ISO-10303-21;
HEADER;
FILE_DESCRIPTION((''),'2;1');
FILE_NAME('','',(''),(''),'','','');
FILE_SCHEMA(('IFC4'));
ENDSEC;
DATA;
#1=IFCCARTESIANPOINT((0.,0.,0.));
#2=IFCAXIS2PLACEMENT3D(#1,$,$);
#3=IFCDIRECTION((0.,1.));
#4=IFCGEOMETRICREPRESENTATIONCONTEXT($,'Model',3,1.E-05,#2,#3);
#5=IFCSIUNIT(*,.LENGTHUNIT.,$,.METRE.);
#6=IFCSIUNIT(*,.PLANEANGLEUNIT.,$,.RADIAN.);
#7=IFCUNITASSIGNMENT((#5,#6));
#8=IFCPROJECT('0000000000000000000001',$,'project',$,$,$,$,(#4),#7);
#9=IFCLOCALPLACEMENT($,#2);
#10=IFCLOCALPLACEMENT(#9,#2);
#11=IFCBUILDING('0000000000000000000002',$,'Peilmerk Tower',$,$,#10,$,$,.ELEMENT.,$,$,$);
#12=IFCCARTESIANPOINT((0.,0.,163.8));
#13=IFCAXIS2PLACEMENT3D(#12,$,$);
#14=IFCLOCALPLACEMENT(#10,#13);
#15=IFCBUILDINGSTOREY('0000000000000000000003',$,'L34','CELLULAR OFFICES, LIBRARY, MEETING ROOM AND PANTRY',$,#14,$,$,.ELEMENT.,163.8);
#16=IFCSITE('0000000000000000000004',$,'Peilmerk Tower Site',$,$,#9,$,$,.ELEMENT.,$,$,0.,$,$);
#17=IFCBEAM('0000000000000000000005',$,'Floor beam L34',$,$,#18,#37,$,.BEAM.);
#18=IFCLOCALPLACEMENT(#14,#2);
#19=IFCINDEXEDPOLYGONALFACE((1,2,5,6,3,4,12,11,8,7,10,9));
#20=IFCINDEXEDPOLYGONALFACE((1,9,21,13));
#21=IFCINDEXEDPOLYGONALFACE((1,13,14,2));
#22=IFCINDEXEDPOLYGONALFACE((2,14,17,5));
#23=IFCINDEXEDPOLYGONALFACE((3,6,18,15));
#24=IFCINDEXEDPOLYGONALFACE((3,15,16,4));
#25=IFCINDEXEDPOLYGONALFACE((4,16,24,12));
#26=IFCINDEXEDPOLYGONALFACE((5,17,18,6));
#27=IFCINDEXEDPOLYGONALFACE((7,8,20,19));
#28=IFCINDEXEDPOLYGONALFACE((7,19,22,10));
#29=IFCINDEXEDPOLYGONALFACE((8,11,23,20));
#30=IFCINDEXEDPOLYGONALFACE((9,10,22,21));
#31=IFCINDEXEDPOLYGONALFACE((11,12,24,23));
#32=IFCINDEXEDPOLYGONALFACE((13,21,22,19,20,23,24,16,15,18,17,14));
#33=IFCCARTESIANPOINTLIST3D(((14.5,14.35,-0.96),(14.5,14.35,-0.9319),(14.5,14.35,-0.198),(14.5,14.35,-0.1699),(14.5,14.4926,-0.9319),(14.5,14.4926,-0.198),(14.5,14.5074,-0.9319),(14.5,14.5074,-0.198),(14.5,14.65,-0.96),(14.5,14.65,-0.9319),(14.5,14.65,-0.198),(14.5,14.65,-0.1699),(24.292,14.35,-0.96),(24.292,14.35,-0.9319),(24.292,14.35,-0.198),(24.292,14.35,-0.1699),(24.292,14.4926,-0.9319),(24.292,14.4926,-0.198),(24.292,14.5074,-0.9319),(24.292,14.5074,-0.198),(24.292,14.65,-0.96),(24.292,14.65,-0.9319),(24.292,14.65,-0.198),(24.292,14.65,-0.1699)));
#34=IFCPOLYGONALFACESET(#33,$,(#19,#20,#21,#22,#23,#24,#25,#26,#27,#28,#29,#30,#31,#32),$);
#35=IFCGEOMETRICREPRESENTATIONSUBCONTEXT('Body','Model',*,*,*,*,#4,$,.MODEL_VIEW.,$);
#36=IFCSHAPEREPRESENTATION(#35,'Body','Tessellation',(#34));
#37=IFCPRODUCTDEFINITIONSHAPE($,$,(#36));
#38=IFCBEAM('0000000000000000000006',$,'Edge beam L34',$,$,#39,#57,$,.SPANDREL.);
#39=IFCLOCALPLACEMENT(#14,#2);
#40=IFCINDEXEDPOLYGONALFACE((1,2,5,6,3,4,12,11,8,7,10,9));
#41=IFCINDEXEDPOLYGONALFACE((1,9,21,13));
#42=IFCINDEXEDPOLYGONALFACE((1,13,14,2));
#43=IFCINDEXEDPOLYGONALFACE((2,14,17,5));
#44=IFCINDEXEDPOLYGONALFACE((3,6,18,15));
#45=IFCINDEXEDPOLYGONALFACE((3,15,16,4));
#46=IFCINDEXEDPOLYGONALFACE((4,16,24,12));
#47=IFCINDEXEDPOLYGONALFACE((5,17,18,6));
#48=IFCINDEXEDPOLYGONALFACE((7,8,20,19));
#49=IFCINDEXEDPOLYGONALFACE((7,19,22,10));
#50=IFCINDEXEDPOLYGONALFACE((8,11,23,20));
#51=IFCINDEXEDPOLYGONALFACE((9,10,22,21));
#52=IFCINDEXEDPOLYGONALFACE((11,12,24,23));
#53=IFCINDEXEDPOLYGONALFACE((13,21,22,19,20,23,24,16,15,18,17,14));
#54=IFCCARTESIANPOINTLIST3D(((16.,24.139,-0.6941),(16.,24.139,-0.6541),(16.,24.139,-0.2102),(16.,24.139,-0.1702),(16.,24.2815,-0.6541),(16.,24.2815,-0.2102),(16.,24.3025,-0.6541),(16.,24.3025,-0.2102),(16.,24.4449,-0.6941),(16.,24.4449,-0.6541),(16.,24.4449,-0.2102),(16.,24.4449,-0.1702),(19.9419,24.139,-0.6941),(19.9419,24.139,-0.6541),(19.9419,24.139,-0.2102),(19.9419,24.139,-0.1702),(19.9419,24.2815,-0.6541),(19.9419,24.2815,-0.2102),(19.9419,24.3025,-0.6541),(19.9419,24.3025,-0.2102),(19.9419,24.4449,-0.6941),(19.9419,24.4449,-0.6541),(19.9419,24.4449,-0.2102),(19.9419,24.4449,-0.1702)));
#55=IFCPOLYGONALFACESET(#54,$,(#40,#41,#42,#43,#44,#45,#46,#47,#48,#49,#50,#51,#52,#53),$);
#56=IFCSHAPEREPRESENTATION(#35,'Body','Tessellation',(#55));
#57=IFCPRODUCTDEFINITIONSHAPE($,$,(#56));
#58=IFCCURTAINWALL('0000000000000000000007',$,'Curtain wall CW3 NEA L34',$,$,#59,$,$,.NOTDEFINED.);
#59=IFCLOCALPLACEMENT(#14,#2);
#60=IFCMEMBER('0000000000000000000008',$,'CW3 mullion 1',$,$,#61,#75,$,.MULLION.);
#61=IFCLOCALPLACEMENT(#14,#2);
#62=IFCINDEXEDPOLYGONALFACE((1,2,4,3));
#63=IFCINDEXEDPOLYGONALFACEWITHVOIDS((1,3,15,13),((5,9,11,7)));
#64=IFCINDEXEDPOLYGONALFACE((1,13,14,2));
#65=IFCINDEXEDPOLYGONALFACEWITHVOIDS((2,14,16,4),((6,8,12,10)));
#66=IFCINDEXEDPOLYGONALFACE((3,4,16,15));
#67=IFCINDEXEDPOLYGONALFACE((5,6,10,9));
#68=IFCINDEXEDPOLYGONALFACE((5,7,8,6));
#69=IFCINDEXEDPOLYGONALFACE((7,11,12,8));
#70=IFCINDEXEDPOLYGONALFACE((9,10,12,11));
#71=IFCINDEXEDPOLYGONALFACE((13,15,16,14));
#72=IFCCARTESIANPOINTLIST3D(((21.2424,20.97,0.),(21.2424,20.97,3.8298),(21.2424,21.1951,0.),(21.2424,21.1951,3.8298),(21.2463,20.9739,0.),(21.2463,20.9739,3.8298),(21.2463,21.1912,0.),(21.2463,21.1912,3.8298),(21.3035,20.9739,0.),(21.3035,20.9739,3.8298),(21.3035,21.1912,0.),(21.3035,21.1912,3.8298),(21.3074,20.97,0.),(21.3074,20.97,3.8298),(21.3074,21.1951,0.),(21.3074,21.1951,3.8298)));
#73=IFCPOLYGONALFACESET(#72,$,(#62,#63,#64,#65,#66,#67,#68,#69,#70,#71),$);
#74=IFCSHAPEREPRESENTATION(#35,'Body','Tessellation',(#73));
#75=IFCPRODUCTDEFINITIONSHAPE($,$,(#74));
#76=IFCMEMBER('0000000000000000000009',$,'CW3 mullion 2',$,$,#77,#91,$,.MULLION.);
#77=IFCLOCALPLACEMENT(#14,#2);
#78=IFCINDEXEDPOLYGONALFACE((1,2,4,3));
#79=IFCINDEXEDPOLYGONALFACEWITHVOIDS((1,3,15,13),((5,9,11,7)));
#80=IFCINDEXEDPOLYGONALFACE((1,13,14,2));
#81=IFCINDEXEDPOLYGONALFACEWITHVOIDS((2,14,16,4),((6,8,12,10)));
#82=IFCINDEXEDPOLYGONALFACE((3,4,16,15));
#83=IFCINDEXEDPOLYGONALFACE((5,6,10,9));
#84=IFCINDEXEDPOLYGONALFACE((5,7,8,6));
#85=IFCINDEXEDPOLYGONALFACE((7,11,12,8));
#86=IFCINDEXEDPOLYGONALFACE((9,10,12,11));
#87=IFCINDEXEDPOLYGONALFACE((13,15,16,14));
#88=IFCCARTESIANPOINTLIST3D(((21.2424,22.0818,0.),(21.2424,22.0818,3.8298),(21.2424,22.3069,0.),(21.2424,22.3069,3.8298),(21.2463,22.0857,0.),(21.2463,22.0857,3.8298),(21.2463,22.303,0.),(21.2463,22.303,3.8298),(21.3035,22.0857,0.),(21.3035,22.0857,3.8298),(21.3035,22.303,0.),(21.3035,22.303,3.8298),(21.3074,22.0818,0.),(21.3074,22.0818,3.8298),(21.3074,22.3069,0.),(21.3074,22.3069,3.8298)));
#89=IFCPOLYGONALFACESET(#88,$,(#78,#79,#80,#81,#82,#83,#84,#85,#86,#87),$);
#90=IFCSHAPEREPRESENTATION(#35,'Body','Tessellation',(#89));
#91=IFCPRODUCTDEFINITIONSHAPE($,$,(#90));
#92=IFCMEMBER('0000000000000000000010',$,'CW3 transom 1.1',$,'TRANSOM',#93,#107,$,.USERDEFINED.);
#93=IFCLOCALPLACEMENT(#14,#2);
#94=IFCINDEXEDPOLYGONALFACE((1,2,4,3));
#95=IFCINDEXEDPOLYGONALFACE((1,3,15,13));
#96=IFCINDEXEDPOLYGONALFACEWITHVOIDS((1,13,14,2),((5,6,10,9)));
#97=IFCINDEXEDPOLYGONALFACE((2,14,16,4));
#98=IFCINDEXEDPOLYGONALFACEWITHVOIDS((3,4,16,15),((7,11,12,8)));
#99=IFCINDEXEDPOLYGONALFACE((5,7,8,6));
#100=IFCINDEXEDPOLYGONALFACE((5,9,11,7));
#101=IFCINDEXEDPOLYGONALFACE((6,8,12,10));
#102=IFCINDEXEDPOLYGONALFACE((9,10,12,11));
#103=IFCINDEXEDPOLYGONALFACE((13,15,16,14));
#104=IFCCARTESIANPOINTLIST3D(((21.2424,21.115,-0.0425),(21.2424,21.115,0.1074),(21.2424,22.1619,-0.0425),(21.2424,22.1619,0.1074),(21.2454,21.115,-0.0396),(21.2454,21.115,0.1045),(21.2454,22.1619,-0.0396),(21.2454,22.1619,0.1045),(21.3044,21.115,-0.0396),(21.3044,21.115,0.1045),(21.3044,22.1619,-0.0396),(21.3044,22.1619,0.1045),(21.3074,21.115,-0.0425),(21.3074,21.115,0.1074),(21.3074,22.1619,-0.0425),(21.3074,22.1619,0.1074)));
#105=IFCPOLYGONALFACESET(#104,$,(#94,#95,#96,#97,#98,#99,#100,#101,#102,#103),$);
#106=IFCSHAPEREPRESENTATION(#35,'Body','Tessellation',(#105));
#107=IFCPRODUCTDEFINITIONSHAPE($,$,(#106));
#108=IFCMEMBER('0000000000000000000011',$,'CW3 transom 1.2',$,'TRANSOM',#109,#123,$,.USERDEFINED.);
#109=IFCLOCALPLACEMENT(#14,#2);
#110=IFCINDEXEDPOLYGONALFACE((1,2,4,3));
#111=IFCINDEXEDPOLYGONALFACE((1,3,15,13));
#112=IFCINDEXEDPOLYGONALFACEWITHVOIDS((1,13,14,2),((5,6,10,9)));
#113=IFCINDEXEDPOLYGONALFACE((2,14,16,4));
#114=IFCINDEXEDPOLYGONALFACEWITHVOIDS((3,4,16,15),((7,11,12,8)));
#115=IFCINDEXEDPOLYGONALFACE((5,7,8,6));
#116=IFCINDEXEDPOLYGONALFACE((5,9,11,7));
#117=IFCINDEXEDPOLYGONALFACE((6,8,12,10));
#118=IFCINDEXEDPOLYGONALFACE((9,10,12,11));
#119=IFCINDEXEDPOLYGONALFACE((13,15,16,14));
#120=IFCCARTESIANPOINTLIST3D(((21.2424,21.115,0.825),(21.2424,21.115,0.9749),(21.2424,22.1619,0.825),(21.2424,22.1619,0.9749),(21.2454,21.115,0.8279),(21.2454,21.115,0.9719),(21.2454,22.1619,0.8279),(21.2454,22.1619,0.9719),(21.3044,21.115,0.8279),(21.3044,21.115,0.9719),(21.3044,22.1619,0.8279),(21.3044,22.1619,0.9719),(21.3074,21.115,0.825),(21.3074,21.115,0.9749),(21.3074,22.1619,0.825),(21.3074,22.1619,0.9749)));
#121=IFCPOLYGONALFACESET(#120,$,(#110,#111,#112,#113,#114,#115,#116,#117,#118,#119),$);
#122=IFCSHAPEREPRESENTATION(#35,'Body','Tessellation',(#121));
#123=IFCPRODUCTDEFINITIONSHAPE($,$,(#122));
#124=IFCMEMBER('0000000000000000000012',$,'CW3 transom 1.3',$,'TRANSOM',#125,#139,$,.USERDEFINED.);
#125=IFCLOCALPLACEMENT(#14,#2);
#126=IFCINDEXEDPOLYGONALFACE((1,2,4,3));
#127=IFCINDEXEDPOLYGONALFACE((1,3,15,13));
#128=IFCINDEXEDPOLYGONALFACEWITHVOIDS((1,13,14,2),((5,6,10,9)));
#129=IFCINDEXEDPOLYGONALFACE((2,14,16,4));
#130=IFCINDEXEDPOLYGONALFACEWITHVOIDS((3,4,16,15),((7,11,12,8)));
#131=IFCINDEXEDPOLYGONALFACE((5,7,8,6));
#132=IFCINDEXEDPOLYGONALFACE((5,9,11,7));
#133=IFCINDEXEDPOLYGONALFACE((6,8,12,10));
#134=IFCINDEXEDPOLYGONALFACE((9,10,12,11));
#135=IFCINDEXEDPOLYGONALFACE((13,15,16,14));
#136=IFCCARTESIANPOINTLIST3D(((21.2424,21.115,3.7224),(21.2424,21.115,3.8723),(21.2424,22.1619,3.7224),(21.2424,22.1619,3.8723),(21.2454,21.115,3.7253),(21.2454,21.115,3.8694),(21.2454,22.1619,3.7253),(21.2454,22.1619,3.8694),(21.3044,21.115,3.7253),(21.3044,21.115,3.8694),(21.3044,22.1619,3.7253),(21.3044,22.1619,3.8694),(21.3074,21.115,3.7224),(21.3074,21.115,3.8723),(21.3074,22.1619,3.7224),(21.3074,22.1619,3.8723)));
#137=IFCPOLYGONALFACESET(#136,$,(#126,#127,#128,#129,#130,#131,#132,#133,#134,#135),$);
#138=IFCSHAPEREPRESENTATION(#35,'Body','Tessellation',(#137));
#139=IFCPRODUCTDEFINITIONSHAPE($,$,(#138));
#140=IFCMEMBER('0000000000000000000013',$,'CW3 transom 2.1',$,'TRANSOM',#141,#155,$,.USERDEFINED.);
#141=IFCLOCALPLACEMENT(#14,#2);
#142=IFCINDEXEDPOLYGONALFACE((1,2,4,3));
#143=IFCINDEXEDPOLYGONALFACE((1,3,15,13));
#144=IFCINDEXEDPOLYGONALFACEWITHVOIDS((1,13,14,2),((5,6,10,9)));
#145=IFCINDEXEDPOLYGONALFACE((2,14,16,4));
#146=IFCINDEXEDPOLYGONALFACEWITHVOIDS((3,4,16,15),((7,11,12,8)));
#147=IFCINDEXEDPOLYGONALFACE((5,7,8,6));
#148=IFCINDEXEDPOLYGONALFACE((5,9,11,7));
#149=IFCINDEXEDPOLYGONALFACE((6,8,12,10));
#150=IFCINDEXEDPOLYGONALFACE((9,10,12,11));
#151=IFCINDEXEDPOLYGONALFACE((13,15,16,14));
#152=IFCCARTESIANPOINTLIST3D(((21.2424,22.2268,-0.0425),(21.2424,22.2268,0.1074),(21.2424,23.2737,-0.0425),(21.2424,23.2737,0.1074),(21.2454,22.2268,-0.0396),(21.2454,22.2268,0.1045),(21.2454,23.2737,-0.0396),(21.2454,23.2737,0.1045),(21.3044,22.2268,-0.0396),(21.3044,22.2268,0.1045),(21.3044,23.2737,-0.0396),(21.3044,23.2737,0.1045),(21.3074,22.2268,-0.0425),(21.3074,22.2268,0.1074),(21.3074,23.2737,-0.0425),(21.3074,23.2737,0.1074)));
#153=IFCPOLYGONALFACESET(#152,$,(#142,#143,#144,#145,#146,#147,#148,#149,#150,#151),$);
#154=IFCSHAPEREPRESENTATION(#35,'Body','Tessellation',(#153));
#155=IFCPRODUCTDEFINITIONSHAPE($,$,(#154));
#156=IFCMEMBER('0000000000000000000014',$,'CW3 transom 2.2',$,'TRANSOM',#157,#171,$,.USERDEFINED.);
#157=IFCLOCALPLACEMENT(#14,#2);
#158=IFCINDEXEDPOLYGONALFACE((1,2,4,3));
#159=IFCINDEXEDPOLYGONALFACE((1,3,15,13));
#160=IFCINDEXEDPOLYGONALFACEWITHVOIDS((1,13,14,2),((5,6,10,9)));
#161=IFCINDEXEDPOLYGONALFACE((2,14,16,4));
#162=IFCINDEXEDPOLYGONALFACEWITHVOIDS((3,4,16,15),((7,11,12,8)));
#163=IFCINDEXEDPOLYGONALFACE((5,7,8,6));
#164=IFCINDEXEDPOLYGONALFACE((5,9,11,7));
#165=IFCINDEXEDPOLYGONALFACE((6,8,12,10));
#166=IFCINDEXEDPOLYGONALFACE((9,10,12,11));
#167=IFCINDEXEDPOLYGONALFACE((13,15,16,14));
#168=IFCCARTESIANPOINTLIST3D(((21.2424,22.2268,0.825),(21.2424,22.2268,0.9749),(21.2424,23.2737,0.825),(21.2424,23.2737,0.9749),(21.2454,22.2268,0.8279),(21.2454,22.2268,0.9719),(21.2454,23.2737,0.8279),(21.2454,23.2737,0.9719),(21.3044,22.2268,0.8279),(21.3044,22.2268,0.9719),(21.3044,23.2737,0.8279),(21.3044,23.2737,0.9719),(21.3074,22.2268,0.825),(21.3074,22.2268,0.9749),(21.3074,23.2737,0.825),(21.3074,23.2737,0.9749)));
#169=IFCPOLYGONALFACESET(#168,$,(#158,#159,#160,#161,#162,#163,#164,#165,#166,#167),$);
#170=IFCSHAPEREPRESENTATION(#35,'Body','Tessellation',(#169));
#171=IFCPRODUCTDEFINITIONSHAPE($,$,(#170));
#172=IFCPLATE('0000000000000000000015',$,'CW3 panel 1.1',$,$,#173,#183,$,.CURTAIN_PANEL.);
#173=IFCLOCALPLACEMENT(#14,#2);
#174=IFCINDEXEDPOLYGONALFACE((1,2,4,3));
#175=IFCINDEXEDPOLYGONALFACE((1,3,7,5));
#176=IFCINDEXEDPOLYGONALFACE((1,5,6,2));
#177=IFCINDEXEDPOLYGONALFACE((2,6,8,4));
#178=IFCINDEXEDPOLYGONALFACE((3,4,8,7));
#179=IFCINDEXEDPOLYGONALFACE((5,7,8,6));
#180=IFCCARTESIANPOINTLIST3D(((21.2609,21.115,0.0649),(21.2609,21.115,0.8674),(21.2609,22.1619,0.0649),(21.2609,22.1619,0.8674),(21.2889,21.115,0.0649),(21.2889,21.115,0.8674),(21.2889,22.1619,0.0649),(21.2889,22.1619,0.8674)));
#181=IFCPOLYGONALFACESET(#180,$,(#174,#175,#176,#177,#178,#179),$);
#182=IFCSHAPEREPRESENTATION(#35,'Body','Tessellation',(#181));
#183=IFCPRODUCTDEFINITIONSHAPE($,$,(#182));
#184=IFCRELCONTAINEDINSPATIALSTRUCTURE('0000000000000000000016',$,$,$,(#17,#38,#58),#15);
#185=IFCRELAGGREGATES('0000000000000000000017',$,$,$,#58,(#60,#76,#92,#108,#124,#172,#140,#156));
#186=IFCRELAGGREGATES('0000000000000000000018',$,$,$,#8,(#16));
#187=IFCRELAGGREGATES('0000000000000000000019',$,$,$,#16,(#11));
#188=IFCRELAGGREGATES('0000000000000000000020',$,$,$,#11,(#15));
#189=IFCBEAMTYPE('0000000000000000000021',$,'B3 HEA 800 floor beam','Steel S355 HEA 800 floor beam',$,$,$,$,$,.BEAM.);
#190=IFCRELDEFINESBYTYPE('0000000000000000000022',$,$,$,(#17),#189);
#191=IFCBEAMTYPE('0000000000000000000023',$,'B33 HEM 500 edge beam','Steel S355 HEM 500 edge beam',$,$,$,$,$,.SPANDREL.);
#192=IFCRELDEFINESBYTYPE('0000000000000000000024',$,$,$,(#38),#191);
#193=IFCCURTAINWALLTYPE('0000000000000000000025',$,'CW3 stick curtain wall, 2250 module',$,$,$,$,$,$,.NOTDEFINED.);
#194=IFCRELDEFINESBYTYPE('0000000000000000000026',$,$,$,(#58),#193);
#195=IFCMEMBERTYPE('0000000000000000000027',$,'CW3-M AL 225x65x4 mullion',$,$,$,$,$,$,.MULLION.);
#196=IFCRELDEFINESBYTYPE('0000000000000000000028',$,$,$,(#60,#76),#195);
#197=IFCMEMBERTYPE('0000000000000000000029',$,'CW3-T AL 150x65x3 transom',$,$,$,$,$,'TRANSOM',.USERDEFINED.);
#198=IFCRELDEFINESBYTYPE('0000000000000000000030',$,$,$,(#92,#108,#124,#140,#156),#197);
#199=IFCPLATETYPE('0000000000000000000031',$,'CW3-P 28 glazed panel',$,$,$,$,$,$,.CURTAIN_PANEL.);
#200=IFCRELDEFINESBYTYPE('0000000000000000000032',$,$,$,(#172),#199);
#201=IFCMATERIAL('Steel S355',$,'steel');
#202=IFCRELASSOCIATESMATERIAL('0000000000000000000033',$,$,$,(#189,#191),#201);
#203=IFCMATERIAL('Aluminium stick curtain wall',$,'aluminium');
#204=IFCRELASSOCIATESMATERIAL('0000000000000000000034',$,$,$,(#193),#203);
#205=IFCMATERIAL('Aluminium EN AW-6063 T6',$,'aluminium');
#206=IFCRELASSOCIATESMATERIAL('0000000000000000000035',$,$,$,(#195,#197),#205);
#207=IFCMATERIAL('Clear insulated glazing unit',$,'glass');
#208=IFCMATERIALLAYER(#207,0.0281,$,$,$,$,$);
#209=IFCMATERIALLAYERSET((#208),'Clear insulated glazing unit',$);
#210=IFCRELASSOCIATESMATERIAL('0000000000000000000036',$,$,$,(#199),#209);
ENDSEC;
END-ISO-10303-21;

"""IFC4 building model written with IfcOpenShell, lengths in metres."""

from ifc_helpers import new_model, si_unit, direction, frame, origin, origin_2d, place, context, subcontext, project, spatial, rectangle, hollow_rectangle, i_section, extrude, material, layer, layer_set, material_profile, profile_set, type_object, element, aggregate, save


model = new_model("IFC4")

# Units and contexts
model_context = context("Model", 3, precision=1e-05, world=origin(), true_north=direction((0.0, 1.0)))
body_context = subcontext(model_context, "Body", "Model", "MODEL_VIEW")
ifc_project = project(units=[si_unit("LENGTHUNIT", "METRE"), si_unit("PLANEANGLEUNIT", "RADIAN")], contexts=[model_context])

# Site, building, storey
site_placement = place(None, origin())
site = spatial("IfcSite", under=ifc_project, at=site_placement, Name="Peilmerk Tower Site", CompositionType="ELEMENT", RefElevation=0.0)
building_placement = place(site_placement, origin())
building = spatial("IfcBuilding", under=site, at=building_placement, Name="Peilmerk Tower", CompositionType="ELEMENT")
storey_placement = place(building_placement, frame((0.0, 0.0, 163.8)))
storey = spatial("IfcBuildingStorey", under=building, at=storey_placement, Name="L34", Description="CELLULAR OFFICES, LIBRARY, MEETING ROOM AND PANTRY", CompositionType="ELEMENT", Elevation=163.8)

# Beams
ifc_material_1 = material(Name="Steel S355", Category="steel")
ifc_material_profile_1 = material_profile(ifc_material_1, i_section(OverallWidth=0.3, OverallDepth=0.79, WebThickness=0.0149, FlangeThickness=0.0281, at=origin_2d()), Name="HEA 800")
ifc_profile_set_1 = profile_set([ifc_material_profile_1], Name="Steel S355")
beam_type_1 = type_object("IfcBeamType", Name="B3 HEA 800 floor beam", Description="Steel S355 HEA 800 floor beam", PredefinedType="BEAM", material=ifc_profile_set_1)
for number, where, z_axis, x_axis, name in (
    (1, (14.5, 14.5, -0.5649), (1.0, 0.0, 0.0), (0.0, 1.0, 0.0), "Floor beam L34"),
):
    element("IfcBeam", number, at=place(storey_placement, frame(where, z_axis=z_axis, x_axis=x_axis)), inside=storey, type_object=beam_type_1, Name=name, PredefinedType="BEAM", context=body_context, shape_type="SweptSolid", body=[
        extrude(i_section(OverallWidth=0.3, OverallDepth=0.79, WebThickness=0.0149, FlangeThickness=0.0281, at=origin_2d()), origin(), (0.0, 0.0, 1.0), 9.792),
    ])
ifc_material_profile_2 = material_profile(ifc_material_1, i_section(OverallWidth=0.3059, OverallDepth=0.5239, WebThickness=0.021, FlangeThickness=0.04, at=origin_2d()), Name="HEM 500")
ifc_profile_set_2 = profile_set([ifc_material_profile_2], Name="Steel S355")
beam_type_2 = type_object("IfcBeamType", Name="B33 HEM 500 edge beam", Description="Steel S355 HEM 500 edge beam", PredefinedType="SPANDREL", material=ifc_profile_set_2)
beam_1_placement = place(storey_placement, frame((19.9419, 24.292, -0.4321), z_axis=(-1.0, 0.0, 0.0), x_axis=(0.0, -1.0, 0.0)))
element("IfcBeam", 2, at=beam_1_placement, inside=storey, type_object=beam_type_2, Name="Edge beam L34", PredefinedType="SPANDREL", context=body_context, shape_type="SweptSolid", body=[
    extrude(i_section(OverallWidth=0.3059, OverallDepth=0.5239, WebThickness=0.021, FlangeThickness=0.04, at=origin_2d()), origin(), (0.0, 0.0, 1.0), 3.9419),
])

# Curtain wall, members, plate
ifc_material_2 = material(Name="Aluminium stick curtain wall", Category="aluminium")
curtain_wall_type = type_object("IfcCurtainWallType", Name="CW3 stick curtain wall, 2250 module", PredefinedType="NOTDEFINED", material=ifc_material_2)
curtain_wall_placement = place(storey_placement, origin())
curtain_wall = element("IfcCurtainWall", 3, at=curtain_wall_placement, inside=storey, type_object=curtain_wall_type, Name="Curtain wall CW3 NEA L34", PredefinedType="NOTDEFINED")
ifc_material_3 = material(Name="Aluminium EN AW-6063 T6", Category="aluminium")
ifc_material_profile_3 = material_profile(ifc_material_3, hollow_rectangle(XDim=0.0649, YDim=0.2251, WallThickness=0.0039, at=origin_2d()), Name="AL 225x65x4")
ifc_profile_set_3 = profile_set([ifc_material_profile_3], Name="Aluminium EN AW-6063 T6")
member_type_1 = type_object("IfcMemberType", Name="CW3-M AL 225x65x4 mullion", PredefinedType="MULLION", material=ifc_profile_set_3)
member_1_placement = place(storey_placement, frame((21.2749, 21.0825, 0.0), z_axis=(0.0, 0.0, 1.0), x_axis=(-1.0, 0.0, 0.0)))
member_1 = element("IfcMember", 4, at=member_1_placement, type_object=member_type_1, Name="CW3 mullion 1", PredefinedType="MULLION", context=body_context, shape_type="SweptSolid", body=[
    extrude(hollow_rectangle(XDim=0.0649, YDim=0.2251, WallThickness=0.0039, at=origin_2d()), origin(), (0.0, 0.0, 1.0), 3.8298),
])
member_2_placement = place(storey_placement, frame((21.2749, 22.1943, 0.0), z_axis=(0.0, 0.0, 1.0), x_axis=(-1.0, 0.0, 0.0)))
member_2 = element("IfcMember", 5, at=member_2_placement, type_object=member_type_1, Name="CW3 mullion 2", PredefinedType="MULLION", context=body_context, shape_type="SweptSolid", body=[
    extrude(hollow_rectangle(XDim=0.0649, YDim=0.2251, WallThickness=0.0039, at=origin_2d()), origin(), (0.0, 0.0, 1.0), 3.8298),
])
ifc_material_profile_4 = material_profile(ifc_material_3, hollow_rectangle(XDim=0.0649, YDim=0.1499, WallThickness=0.0029, at=origin_2d()), Name="AL 150x65x3")
ifc_profile_set_4 = profile_set([ifc_material_profile_4], Name="Aluminium EN AW-6063 T6")
member_type_2 = type_object("IfcMemberType", Name="CW3-T AL 150x65x3 transom", ElementType="TRANSOM", PredefinedType="USERDEFINED", material=ifc_profile_set_4)
member_3_placement = place(storey_placement, frame((21.2749, 21.115, 0.0325), z_axis=(0.0, 1.0, 0.0), x_axis=(-1.0, 0.0, 0.0)))
member_3 = element("IfcMember", 6, at=member_3_placement, type_object=member_type_2, Name="CW3 transom 1.1", ObjectType="TRANSOM", PredefinedType="USERDEFINED", context=body_context, shape_type="SweptSolid", body=[
    extrude(hollow_rectangle(XDim=0.0649, YDim=0.1499, WallThickness=0.0029, at=origin_2d()), origin(), (0.0, 0.0, 1.0), 1.0469),
])
member_4_placement = place(storey_placement, frame((21.2749, 21.115, 0.8999), z_axis=(0.0, 1.0, 0.0), x_axis=(-1.0, 0.0, 0.0)))
member_4 = element("IfcMember", 7, at=member_4_placement, type_object=member_type_2, Name="CW3 transom 1.2", ObjectType="TRANSOM", PredefinedType="USERDEFINED", context=body_context, shape_type="SweptSolid", body=[
    extrude(hollow_rectangle(XDim=0.0649, YDim=0.1499, WallThickness=0.0029, at=origin_2d()), origin(), (0.0, 0.0, 1.0), 1.0469),
])
member_5_placement = place(storey_placement, frame((21.2749, 21.115, 3.7974), z_axis=(0.0, 1.0, 0.0), x_axis=(-1.0, 0.0, 0.0)))
member_5 = element("IfcMember", 8, at=member_5_placement, type_object=member_type_2, Name="CW3 transom 1.3", ObjectType="TRANSOM", PredefinedType="USERDEFINED", context=body_context, shape_type="SweptSolid", body=[
    extrude(hollow_rectangle(XDim=0.0649, YDim=0.1499, WallThickness=0.0029, at=origin_2d()), origin(), (0.0, 0.0, 1.0), 1.0469),
])
member_6_placement = place(storey_placement, frame((21.2749, 22.2268, 0.0325), z_axis=(0.0, 1.0, 0.0), x_axis=(-1.0, 0.0, 0.0)))
member_6 = element("IfcMember", 9, at=member_6_placement, type_object=member_type_2, Name="CW3 transom 2.1", ObjectType="TRANSOM", PredefinedType="USERDEFINED", context=body_context, shape_type="SweptSolid", body=[
    extrude(hollow_rectangle(XDim=0.0649, YDim=0.1499, WallThickness=0.0029, at=origin_2d()), origin(), (0.0, 0.0, 1.0), 1.0469),
])
member_7_placement = place(storey_placement, frame((21.2749, 22.2268, 0.8999), z_axis=(0.0, 1.0, 0.0), x_axis=(-1.0, 0.0, 0.0)))
member_7 = element("IfcMember", 10, at=member_7_placement, type_object=member_type_2, Name="CW3 transom 2.2", ObjectType="TRANSOM", PredefinedType="USERDEFINED", context=body_context, shape_type="SweptSolid", body=[
    extrude(hollow_rectangle(XDim=0.0649, YDim=0.1499, WallThickness=0.0029, at=origin_2d()), origin(), (0.0, 0.0, 1.0), 1.0469),
])
ifc_material_4 = material(Name="Clear insulated glazing unit", Category="glass")
ifc_layer_1 = layer(ifc_material_4, 0.0281)
ifc_layer_set_1 = layer_set([ifc_layer_1], Name="Clear insulated glazing unit")
plate_type = type_object("IfcPlateType", Name="CW3-P 28 glazed panel", PredefinedType="CURTAIN_PANEL", material=ifc_layer_set_1)
plate_1_placement = place(storey_placement, frame((21.2749, 21.6384, 0.0649), z_axis=(0.0, 0.0, 1.0), x_axis=(0.0, 1.0, 0.0)))
plate_1 = element("IfcPlate", 11, at=plate_1_placement, type_object=plate_type, Name="CW3 panel 1.1", PredefinedType="CURTAIN_PANEL", context=body_context, shape_type="SweptSolid", body=[
    extrude(rectangle(XDim=1.0469, YDim=0.0281, at=origin_2d()), origin(), (0.0, 0.0, 1.0), 0.8025),
])
aggregate(curtain_wall, [member_1, member_2, member_3, member_4, member_5, plate_1, member_6, member_7])

save(model, "model.ifc")
